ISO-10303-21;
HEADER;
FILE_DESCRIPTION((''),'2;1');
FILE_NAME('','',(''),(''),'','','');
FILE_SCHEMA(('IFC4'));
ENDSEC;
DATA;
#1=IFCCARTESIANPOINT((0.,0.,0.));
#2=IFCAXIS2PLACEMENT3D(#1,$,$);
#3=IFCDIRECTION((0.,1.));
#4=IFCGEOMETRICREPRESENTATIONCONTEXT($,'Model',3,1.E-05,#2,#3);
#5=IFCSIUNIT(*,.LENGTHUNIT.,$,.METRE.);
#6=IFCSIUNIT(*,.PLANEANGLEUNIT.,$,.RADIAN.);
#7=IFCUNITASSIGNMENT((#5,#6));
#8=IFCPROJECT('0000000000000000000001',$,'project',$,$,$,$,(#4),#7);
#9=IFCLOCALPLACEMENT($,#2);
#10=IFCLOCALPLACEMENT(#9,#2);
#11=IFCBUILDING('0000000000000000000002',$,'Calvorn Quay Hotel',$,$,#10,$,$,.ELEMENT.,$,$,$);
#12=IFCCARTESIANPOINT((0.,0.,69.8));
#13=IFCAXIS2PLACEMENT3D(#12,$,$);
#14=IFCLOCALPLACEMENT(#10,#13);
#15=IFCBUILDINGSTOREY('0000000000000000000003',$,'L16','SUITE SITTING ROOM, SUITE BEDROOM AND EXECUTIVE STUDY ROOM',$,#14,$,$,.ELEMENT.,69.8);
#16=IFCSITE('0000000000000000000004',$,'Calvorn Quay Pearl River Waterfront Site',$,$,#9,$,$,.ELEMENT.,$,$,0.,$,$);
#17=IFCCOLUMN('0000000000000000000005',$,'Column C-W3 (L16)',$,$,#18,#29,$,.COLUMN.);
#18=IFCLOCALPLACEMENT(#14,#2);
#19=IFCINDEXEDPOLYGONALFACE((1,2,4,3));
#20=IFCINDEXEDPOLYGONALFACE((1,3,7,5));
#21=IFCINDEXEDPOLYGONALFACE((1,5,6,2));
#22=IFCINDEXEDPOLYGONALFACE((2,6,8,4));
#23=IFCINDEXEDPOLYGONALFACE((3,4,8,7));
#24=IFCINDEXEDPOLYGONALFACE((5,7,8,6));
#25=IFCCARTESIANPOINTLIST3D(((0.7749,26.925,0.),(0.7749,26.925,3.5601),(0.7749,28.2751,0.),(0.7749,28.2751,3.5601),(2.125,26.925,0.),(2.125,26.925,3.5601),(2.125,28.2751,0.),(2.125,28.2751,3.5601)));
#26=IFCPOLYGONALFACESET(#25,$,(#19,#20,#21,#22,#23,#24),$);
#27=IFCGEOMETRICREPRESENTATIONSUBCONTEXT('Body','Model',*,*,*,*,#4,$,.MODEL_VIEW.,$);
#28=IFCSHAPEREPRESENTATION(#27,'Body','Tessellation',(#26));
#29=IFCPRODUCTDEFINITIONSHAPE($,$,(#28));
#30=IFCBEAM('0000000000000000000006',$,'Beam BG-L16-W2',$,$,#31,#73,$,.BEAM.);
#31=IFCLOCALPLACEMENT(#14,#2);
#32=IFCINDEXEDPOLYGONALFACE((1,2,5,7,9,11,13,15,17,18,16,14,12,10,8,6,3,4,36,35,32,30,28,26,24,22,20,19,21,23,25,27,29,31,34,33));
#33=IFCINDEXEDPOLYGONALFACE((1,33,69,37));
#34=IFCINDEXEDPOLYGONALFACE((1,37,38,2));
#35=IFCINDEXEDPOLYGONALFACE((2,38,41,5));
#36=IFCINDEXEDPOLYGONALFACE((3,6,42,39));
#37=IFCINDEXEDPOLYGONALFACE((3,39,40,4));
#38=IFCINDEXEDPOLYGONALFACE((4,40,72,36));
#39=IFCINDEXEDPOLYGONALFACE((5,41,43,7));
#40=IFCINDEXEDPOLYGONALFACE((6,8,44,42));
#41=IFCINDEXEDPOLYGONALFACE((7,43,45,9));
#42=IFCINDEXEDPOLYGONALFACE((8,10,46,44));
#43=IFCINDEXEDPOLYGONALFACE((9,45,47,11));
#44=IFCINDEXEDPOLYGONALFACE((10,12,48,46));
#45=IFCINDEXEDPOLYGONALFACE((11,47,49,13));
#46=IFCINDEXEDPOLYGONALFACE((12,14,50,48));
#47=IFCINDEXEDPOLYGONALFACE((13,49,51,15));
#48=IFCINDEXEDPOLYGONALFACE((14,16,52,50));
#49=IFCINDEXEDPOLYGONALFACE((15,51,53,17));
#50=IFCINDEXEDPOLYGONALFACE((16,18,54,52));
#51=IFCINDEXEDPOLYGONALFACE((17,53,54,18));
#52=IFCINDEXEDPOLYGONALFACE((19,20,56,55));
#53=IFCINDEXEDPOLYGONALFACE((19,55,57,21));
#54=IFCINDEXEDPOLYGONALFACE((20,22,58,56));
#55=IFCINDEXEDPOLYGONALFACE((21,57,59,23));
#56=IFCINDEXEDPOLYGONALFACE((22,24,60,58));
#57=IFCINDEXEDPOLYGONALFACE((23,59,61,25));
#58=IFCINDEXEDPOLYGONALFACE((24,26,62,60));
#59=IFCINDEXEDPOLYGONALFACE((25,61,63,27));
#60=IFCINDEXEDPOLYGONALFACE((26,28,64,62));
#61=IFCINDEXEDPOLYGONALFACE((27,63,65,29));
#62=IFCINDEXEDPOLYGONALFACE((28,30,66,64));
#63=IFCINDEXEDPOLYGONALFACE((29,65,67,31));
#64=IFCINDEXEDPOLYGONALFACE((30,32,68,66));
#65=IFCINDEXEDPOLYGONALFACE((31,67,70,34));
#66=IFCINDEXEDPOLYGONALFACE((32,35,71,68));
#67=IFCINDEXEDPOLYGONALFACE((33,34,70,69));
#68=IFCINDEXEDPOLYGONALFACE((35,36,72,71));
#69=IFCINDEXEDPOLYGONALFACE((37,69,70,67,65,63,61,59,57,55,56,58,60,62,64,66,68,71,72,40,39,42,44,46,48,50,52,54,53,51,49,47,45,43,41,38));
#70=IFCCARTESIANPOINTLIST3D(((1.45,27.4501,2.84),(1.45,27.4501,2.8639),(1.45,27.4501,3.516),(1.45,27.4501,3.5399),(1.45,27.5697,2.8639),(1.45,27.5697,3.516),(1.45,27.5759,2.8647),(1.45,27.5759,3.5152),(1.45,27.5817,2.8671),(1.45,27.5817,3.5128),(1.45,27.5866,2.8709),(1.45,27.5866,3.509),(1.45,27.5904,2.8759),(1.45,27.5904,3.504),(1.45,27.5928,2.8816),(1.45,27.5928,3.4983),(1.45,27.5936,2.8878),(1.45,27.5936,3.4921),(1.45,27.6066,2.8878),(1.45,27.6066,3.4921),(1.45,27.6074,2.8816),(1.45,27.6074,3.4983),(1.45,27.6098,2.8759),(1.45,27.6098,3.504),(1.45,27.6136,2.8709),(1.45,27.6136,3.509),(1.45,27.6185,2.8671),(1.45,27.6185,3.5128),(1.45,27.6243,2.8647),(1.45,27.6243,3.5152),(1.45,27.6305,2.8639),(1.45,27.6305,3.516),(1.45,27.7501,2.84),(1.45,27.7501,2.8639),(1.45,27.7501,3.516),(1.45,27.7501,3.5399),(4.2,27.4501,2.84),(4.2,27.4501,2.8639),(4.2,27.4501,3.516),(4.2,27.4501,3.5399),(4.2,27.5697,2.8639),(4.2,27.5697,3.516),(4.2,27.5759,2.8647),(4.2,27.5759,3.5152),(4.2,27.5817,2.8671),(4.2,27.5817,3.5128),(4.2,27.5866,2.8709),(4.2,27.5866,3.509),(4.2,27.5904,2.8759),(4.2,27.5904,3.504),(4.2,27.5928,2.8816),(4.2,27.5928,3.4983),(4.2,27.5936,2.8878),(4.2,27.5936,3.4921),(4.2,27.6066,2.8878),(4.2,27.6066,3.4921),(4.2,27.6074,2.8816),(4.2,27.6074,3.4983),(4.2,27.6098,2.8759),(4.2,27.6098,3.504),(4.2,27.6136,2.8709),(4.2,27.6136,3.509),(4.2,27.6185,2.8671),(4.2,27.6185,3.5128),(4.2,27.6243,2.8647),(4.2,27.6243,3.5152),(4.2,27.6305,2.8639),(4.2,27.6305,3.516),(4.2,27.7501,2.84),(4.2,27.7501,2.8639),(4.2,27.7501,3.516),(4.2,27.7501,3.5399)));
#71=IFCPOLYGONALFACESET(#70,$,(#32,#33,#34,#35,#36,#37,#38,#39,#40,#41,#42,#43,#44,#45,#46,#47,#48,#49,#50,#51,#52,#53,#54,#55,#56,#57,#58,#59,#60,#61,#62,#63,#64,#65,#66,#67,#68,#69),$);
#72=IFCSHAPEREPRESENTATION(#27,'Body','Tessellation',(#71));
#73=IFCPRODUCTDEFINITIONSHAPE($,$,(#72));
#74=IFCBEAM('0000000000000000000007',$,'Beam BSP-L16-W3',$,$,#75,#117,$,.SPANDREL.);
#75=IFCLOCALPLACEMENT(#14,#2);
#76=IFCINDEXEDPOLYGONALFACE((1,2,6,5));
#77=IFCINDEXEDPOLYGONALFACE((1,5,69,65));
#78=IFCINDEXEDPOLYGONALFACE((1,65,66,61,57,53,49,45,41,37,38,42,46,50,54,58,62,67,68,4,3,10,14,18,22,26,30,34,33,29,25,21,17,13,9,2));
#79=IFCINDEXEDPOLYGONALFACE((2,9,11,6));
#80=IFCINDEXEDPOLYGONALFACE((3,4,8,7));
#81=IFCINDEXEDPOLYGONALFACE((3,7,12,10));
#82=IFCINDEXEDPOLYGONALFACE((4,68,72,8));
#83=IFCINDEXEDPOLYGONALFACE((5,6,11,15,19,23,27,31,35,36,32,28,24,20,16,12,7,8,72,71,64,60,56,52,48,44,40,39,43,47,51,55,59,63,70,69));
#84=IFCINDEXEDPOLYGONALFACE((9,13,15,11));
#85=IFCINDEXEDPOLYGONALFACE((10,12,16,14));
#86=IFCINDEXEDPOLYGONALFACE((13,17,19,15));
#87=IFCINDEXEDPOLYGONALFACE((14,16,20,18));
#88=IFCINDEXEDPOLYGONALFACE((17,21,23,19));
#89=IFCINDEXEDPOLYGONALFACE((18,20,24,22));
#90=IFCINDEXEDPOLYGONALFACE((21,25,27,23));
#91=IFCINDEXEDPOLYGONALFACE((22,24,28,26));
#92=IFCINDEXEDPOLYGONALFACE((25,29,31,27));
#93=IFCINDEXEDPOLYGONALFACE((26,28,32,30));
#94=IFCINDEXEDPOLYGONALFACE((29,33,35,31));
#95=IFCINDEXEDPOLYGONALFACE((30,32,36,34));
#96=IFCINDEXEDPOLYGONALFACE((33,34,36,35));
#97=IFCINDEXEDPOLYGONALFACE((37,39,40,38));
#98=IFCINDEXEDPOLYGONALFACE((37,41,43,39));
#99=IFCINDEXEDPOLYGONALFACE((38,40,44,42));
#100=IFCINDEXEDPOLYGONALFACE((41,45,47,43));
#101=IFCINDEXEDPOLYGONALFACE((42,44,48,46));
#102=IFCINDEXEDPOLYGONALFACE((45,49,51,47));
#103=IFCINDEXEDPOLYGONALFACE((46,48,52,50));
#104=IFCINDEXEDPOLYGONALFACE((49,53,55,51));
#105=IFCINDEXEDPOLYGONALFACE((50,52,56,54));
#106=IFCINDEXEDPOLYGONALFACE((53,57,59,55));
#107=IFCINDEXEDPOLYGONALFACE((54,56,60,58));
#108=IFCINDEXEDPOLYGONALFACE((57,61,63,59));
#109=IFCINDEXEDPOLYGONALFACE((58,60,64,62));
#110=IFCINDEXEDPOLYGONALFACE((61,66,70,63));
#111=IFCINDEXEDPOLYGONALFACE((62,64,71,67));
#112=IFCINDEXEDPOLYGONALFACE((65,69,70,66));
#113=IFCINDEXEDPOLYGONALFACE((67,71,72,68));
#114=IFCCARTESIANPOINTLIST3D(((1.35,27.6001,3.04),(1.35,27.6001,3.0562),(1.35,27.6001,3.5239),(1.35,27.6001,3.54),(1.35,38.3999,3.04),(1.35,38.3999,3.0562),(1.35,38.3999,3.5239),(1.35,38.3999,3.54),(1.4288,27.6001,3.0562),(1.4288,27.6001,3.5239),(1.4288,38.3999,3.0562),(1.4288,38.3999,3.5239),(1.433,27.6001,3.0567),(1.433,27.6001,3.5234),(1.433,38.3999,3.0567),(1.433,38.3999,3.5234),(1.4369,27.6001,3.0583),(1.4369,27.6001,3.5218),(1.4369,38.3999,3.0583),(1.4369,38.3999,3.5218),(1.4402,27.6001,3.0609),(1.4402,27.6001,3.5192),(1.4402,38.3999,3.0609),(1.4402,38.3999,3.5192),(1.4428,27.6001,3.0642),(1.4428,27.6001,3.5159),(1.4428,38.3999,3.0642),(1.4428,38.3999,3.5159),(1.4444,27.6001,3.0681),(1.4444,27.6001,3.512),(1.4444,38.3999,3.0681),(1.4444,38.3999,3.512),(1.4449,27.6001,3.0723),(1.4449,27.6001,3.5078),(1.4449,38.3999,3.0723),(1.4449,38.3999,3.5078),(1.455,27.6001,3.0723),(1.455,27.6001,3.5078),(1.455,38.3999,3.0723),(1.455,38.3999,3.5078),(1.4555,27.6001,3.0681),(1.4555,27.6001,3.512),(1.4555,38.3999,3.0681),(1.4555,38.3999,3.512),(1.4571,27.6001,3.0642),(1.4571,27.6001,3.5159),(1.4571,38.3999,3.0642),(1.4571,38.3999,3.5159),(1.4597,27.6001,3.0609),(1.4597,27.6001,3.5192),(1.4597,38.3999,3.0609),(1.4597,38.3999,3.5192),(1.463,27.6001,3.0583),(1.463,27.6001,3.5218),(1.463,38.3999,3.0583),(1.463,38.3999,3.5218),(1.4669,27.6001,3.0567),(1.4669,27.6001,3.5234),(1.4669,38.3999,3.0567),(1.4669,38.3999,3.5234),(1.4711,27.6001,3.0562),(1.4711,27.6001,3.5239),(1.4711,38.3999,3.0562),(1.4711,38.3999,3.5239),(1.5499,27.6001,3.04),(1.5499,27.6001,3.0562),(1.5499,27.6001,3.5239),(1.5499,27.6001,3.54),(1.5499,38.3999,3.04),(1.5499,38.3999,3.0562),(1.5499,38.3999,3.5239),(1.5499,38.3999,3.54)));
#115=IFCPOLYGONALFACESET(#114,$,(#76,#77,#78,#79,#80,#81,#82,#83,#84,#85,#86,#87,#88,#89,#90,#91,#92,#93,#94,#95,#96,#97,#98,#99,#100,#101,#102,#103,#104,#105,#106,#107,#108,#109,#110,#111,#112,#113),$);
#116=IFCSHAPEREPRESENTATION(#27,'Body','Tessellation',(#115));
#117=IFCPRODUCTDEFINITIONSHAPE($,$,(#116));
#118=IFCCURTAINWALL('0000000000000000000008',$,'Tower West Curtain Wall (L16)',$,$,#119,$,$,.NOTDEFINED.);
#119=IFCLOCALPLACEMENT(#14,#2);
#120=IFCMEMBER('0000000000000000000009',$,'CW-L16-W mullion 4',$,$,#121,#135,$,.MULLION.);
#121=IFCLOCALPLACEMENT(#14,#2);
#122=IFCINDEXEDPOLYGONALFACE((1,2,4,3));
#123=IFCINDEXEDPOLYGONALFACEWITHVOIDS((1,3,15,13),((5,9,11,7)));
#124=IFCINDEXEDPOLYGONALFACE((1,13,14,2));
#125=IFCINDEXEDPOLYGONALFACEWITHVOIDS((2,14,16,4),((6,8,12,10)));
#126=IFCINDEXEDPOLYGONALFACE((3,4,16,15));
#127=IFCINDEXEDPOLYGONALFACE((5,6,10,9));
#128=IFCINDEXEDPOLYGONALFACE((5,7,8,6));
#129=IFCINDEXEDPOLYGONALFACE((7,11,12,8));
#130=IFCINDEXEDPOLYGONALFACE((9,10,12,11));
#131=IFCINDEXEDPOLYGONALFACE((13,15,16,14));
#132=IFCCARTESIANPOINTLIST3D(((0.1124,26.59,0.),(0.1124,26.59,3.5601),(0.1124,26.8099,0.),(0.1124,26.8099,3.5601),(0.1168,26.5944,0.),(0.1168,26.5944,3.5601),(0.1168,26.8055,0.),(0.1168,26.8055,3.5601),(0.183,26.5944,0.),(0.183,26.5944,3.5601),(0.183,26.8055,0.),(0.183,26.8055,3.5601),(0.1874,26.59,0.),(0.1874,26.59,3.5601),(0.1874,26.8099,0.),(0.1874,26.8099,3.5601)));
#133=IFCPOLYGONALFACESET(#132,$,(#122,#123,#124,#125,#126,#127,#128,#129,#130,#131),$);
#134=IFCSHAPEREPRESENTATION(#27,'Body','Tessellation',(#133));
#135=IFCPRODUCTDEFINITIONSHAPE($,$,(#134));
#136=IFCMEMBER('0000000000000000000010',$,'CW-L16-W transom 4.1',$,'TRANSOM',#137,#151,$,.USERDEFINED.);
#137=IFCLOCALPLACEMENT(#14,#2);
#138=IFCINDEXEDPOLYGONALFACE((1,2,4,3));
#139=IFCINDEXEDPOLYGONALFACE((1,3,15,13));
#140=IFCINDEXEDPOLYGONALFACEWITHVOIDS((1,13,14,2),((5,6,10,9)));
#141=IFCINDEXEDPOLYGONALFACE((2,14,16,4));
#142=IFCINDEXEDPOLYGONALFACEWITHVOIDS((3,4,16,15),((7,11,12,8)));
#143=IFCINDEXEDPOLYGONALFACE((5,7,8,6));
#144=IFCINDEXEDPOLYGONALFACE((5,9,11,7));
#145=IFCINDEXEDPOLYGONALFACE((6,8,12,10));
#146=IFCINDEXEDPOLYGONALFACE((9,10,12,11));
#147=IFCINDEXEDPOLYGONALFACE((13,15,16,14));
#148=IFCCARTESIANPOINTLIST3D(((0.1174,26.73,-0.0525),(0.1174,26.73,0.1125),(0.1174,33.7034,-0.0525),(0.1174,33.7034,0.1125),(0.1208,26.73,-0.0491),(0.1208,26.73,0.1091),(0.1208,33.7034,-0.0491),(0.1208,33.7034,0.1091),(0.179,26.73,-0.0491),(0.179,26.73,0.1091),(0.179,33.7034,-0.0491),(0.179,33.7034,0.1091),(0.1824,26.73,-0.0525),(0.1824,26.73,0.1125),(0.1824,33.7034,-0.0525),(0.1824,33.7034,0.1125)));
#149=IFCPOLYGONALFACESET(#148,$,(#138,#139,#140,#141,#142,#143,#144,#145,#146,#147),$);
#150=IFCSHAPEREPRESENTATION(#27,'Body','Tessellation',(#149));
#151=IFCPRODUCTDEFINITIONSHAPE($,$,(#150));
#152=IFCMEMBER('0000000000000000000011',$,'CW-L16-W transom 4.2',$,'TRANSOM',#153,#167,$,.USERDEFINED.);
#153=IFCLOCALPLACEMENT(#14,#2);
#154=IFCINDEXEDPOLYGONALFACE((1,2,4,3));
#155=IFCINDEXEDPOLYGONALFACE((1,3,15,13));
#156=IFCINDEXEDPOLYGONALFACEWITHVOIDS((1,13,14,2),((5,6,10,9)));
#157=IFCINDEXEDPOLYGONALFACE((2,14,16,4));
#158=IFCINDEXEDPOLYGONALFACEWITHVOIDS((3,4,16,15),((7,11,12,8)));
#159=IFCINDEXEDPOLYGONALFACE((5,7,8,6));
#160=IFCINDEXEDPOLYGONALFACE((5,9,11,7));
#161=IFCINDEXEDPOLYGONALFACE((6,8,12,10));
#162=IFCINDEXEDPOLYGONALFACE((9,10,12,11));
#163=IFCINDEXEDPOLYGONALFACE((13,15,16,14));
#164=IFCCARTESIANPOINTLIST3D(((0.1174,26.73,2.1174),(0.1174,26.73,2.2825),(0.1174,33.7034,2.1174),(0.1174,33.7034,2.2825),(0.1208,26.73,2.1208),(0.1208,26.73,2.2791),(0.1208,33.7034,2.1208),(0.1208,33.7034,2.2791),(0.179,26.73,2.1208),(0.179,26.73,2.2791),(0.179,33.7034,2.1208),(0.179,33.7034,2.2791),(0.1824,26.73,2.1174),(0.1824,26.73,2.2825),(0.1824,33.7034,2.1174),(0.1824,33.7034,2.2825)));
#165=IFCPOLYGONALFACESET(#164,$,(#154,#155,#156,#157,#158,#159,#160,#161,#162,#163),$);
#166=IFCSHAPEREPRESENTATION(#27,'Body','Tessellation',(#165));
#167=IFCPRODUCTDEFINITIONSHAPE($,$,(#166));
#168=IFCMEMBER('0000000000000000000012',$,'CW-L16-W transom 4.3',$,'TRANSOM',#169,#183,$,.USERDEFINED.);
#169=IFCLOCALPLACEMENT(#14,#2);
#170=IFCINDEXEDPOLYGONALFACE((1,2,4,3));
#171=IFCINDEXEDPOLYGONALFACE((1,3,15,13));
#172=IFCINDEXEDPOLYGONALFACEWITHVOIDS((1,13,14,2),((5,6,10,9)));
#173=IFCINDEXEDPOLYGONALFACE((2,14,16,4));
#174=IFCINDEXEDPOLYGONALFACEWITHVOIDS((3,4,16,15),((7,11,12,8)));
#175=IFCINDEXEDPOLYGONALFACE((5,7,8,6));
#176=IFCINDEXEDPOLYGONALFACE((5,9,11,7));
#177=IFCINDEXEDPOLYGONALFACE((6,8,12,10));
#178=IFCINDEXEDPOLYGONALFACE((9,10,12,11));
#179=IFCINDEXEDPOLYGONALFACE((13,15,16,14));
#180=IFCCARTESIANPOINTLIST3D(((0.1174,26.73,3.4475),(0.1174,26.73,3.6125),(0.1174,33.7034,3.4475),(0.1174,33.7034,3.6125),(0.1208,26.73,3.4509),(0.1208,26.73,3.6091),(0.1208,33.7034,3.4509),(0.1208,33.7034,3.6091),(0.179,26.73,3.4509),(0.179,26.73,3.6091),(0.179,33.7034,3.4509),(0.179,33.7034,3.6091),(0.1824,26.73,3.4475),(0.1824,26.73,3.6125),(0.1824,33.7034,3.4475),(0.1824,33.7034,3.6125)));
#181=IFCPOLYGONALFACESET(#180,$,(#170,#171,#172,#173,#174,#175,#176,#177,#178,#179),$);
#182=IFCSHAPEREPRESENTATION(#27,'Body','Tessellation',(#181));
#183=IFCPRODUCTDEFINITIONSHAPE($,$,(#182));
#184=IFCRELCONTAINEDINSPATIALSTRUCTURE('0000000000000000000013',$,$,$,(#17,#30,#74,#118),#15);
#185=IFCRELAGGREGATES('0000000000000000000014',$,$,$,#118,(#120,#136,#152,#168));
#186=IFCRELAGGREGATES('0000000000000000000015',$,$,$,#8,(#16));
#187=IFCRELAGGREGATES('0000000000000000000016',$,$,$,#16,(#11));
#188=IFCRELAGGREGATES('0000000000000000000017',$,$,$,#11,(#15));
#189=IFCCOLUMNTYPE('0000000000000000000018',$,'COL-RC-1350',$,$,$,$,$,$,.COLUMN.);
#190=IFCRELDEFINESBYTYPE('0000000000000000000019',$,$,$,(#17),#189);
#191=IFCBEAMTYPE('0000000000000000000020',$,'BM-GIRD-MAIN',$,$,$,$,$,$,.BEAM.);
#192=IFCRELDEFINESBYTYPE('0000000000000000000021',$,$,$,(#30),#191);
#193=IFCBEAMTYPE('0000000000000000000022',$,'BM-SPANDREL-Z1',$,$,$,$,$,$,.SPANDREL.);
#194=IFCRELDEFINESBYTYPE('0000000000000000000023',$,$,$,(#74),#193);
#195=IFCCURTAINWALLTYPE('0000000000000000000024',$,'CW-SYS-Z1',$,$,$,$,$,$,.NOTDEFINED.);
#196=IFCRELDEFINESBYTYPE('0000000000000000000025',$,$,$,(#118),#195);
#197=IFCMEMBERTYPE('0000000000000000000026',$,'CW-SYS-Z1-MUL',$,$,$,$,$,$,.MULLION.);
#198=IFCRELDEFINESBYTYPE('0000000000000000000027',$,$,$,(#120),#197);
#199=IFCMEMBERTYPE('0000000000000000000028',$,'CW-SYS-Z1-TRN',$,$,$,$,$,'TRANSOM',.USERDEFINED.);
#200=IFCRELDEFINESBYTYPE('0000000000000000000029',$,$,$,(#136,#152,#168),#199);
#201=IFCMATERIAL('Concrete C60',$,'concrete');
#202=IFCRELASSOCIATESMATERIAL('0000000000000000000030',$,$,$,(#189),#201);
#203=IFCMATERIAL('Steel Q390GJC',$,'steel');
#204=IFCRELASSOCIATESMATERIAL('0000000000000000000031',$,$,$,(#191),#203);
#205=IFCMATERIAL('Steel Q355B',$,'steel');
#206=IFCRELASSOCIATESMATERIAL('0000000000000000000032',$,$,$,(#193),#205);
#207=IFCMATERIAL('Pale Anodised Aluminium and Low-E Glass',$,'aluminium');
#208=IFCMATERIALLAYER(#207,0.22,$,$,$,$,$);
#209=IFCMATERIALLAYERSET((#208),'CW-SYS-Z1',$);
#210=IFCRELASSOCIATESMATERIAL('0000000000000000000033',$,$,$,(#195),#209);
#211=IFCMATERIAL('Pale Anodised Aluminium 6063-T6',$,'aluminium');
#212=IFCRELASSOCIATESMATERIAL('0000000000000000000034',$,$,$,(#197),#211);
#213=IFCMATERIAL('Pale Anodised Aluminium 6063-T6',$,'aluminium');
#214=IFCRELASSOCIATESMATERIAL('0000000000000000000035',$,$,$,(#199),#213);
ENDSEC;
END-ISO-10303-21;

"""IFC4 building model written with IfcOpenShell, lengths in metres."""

from ifc_helpers import new_model, si_unit, direction, frame, origin, origin_2d, place, context, subcontext, project, spatial, rectangle, hollow_rectangle, i_section, extrude, material, layer, layer_set, material_profile, profile_set, type_object, element, aggregate, save


model = new_model("IFC4")

# Units and contexts
model_context = context("Model", 3, precision=1e-05, world=origin(), true_north=direction((0.0, 1.0)))
body_context = subcontext(model_context, "Body", "Model", "MODEL_VIEW")
ifc_project = project(units=[si_unit("LENGTHUNIT", "METRE"), si_unit("PLANEANGLEUNIT", "RADIAN")], contexts=[model_context])

# Site, building, storey
site_placement = place(None, origin())
site = spatial("IfcSite", under=ifc_project, at=site_placement, Name="Calvorn Quay Pearl River Waterfront Site", CompositionType="ELEMENT", RefElevation=0.0)
building_placement = place(site_placement, origin())
building = spatial("IfcBuilding", under=site, at=building_placement, Name="Calvorn Quay Hotel", CompositionType="ELEMENT")
storey_placement = place(building_placement, frame((0.0, 0.0, 69.8)))
storey = spatial("IfcBuildingStorey", under=building, at=storey_placement, Name="L16", Description="SUITE SITTING ROOM, SUITE BEDROOM AND EXECUTIVE STUDY ROOM", CompositionType="ELEMENT", Elevation=69.8)

# Column
ifc_material_1 = material(Name="Concrete C60", Category="concrete")
ifc_material_profile_1 = material_profile(ifc_material_1, rectangle(XDim=1.3501, YDim=1.3501, at=origin_2d()), Name="RC1350x1350")
ifc_profile_set_1 = profile_set([ifc_material_profile_1], Name="Concrete C60")
column_type = type_object("IfcColumnType", Name="COL-RC-1350", PredefinedType="COLUMN", material=ifc_profile_set_1)
column_placement = place(storey_placement, frame((1.45, 27.6001, 0.0), z_axis=(0.0, 0.0, 1.0), x_axis=(1.0, 0.0, 0.0)))
element("IfcColumn", 1, at=column_placement, inside=storey, type_object=column_type, Name="Column C-W3 (L16)", PredefinedType="COLUMN", context=body_context, shape_type="SweptSolid", body=[
    extrude(rectangle(XDim=1.3501, YDim=1.3501, at=origin_2d()), origin(), (0.0, 0.0, 1.0), 3.5601),
])

# Beams
ifc_material_2 = material(Name="Steel Q390GJC", Category="steel")
ifc_material_profile_2 = material_profile(ifc_material_2, i_section(OverallWidth=0.3, OverallDepth=0.7, WebThickness=0.0129, FlangeThickness=0.0239, FilletRadius=0.0239, at=origin_2d()), Name="HN700x300x13x24")
ifc_profile_set_2 = profile_set([ifc_material_profile_2], Name="Steel Q390GJC")
beam_type_1 = type_object("IfcBeamType", Name="BM-GIRD-MAIN", PredefinedType="BEAM", material=ifc_profile_set_2)
beam_1_placement = place(storey_placement, frame((1.45, 27.6001, 3.1899), z_axis=(1.0, 0.0, 0.0), x_axis=(0.0, 1.0, 0.0)))
element("IfcBeam", 2, at=beam_1_placement, inside=storey, type_object=beam_type_1, Name="Beam BG-L16-W2", PredefinedType="BEAM", context=body_context, shape_type="SweptSolid", body=[
    extrude(i_section(OverallWidth=0.3, OverallDepth=0.7, WebThickness=0.0129, FlangeThickness=0.0239, FilletRadius=0.0239, at=origin_2d()), origin(), (0.0, 0.0, 1.0), 2.75),
])
ifc_material_3 = material(Name="Steel Q355B", Category="steel")
ifc_material_profile_3 = material_profile(ifc_material_3, i_section(OverallWidth=0.2, OverallDepth=0.5, WebThickness=0.01, FlangeThickness=0.0161, FilletRadius=0.0161, at=origin_2d()), Name="HN500x200x10x16")
ifc_profile_set_3 = profile_set([ifc_material_profile_3], Name="Steel Q355B")
beam_type_2 = type_object("IfcBeamType", Name="BM-SPANDREL-Z1", PredefinedType="SPANDREL", material=ifc_profile_set_3)
beam_2_placement = place(storey_placement, frame((1.45, 27.6001, 3.29), z_axis=(0.0, 1.0, 0.0), x_axis=(-1.0, 0.0, 0.0)))
element("IfcBeam", 3, at=beam_2_placement, inside=storey, type_object=beam_type_2, Name="Beam BSP-L16-W3", PredefinedType="SPANDREL", context=body_context, shape_type="SweptSolid", body=[
    extrude(i_section(OverallWidth=0.2, OverallDepth=0.5, WebThickness=0.01, FlangeThickness=0.0161, FilletRadius=0.0161, at=origin_2d()), origin(), (0.0, 0.0, 1.0), 10.7998),
])

# Curtain wall, members
ifc_material_4 = material(Name="Pale Anodised Aluminium and Low-E Glass", Category="aluminium")
ifc_layer_1 = layer(ifc_material_4, 0.22)
ifc_layer_set_1 = layer_set([ifc_layer_1], Name="CW-SYS-Z1")
curtain_wall_type = type_object("IfcCurtainWallType", Name="CW-SYS-Z1", PredefinedType="NOTDEFINED", material=ifc_layer_set_1)
curtain_wall_placement = place(storey_placement, origin())
curtain_wall = element("IfcCurtainWall", 4, at=curtain_wall_placement, inside=storey, type_object=curtain_wall_type, Name="Tower West Curtain Wall (L16)", PredefinedType="NOTDEFINED")
ifc_material_5 = material(Name="Pale Anodised Aluminium 6063-T6", Category="aluminium")
ifc_material_profile_4 = material_profile(ifc_material_5, hollow_rectangle(XDim=0.075, YDim=0.22, WallThickness=0.0044, at=origin_2d()), Name="ALU-M220x75x4.5")
ifc_profile_set_4 = profile_set([ifc_material_profile_4], Name="Pale Anodised Aluminium 6063-T6")
member_type_1 = type_object("IfcMemberType", Name="CW-SYS-Z1-MUL", PredefinedType="MULLION", material=ifc_profile_set_4)
member_1_placement = place(storey_placement, frame((0.1499, 26.7, 0.0), z_axis=(0.0, 0.0, 1.0), x_axis=(-1.0, 0.0, 0.0)))
member_1 = element("IfcMember", 5, at=member_1_placement, type_object=member_type_1, Name="CW-L16-W mullion 4", PredefinedType="MULLION", context=body_context, shape_type="SweptSolid", body=[
    extrude(hollow_rectangle(XDim=0.075, YDim=0.22, WallThickness=0.0044, at=origin_2d()), origin(), (0.0, 0.0, 1.0), 3.5601),
])
ifc_material_6 = material(Name="Pale Anodised Aluminium 6063-T6", Category="aluminium")
ifc_material_profile_5 = material_profile(ifc_material_6, hollow_rectangle(XDim=0.0649, YDim=0.165, WallThickness=0.0034, at=origin_2d()), Name="ALU-T165x65x3.5")
ifc_profile_set_5 = profile_set([ifc_material_profile_5], Name="Pale Anodised Aluminium 6063-T6")
member_type_2 = type_object("IfcMemberType", Name="CW-SYS-Z1-TRN", ElementType="TRANSOM", PredefinedType="USERDEFINED", material=ifc_profile_set_5)
member_2_placement = place(storey_placement, frame((0.1499, 26.73, 0.03), z_axis=(0.0, 1.0, 0.0), x_axis=(-1.0, 0.0, 0.0)))
member_2 = element("IfcMember", 6, at=member_2_placement, type_object=member_type_2, Name="CW-L16-W transom 4.1", ObjectType="TRANSOM", PredefinedType="USERDEFINED", context=body_context, shape_type="SweptSolid", body=[
    extrude(hollow_rectangle(XDim=0.0649, YDim=0.165, WallThickness=0.0034, at=origin_2d()), origin(), (0.0, 0.0, 1.0), 6.9734),
])
member_3_placement = place(storey_placement, frame((0.1499, 26.73, 2.2), z_axis=(0.0, 1.0, 0.0), x_axis=(-1.0, 0.0, 0.0)))
member_3 = element("IfcMember", 7, at=member_3_placement, type_object=member_type_2, Name="CW-L16-W transom 4.2", ObjectType="TRANSOM", PredefinedType="USERDEFINED", context=body_context, shape_type="SweptSolid", body=[
    extrude(hollow_rectangle(XDim=0.0649, YDim=0.165, WallThickness=0.0034, at=origin_2d()), origin(), (0.0, 0.0, 1.0), 6.9734),
])
member_4_placement = place(storey_placement, frame((0.1499, 26.73, 3.53), z_axis=(0.0, 1.0, 0.0), x_axis=(-1.0, 0.0, 0.0)))
member_4 = element("IfcMember", 8, at=member_4_placement, type_object=member_type_2, Name="CW-L16-W transom 4.3", ObjectType="TRANSOM", PredefinedType="USERDEFINED", context=body_context, shape_type="SweptSolid", body=[
    extrude(hollow_rectangle(XDim=0.0649, YDim=0.165, WallThickness=0.0034, at=origin_2d()), origin(), (0.0, 0.0, 1.0), 6.9734),
])
aggregate(curtain_wall, [member_1, member_2, member_3, member_4])

save(model, "model.ifc")
